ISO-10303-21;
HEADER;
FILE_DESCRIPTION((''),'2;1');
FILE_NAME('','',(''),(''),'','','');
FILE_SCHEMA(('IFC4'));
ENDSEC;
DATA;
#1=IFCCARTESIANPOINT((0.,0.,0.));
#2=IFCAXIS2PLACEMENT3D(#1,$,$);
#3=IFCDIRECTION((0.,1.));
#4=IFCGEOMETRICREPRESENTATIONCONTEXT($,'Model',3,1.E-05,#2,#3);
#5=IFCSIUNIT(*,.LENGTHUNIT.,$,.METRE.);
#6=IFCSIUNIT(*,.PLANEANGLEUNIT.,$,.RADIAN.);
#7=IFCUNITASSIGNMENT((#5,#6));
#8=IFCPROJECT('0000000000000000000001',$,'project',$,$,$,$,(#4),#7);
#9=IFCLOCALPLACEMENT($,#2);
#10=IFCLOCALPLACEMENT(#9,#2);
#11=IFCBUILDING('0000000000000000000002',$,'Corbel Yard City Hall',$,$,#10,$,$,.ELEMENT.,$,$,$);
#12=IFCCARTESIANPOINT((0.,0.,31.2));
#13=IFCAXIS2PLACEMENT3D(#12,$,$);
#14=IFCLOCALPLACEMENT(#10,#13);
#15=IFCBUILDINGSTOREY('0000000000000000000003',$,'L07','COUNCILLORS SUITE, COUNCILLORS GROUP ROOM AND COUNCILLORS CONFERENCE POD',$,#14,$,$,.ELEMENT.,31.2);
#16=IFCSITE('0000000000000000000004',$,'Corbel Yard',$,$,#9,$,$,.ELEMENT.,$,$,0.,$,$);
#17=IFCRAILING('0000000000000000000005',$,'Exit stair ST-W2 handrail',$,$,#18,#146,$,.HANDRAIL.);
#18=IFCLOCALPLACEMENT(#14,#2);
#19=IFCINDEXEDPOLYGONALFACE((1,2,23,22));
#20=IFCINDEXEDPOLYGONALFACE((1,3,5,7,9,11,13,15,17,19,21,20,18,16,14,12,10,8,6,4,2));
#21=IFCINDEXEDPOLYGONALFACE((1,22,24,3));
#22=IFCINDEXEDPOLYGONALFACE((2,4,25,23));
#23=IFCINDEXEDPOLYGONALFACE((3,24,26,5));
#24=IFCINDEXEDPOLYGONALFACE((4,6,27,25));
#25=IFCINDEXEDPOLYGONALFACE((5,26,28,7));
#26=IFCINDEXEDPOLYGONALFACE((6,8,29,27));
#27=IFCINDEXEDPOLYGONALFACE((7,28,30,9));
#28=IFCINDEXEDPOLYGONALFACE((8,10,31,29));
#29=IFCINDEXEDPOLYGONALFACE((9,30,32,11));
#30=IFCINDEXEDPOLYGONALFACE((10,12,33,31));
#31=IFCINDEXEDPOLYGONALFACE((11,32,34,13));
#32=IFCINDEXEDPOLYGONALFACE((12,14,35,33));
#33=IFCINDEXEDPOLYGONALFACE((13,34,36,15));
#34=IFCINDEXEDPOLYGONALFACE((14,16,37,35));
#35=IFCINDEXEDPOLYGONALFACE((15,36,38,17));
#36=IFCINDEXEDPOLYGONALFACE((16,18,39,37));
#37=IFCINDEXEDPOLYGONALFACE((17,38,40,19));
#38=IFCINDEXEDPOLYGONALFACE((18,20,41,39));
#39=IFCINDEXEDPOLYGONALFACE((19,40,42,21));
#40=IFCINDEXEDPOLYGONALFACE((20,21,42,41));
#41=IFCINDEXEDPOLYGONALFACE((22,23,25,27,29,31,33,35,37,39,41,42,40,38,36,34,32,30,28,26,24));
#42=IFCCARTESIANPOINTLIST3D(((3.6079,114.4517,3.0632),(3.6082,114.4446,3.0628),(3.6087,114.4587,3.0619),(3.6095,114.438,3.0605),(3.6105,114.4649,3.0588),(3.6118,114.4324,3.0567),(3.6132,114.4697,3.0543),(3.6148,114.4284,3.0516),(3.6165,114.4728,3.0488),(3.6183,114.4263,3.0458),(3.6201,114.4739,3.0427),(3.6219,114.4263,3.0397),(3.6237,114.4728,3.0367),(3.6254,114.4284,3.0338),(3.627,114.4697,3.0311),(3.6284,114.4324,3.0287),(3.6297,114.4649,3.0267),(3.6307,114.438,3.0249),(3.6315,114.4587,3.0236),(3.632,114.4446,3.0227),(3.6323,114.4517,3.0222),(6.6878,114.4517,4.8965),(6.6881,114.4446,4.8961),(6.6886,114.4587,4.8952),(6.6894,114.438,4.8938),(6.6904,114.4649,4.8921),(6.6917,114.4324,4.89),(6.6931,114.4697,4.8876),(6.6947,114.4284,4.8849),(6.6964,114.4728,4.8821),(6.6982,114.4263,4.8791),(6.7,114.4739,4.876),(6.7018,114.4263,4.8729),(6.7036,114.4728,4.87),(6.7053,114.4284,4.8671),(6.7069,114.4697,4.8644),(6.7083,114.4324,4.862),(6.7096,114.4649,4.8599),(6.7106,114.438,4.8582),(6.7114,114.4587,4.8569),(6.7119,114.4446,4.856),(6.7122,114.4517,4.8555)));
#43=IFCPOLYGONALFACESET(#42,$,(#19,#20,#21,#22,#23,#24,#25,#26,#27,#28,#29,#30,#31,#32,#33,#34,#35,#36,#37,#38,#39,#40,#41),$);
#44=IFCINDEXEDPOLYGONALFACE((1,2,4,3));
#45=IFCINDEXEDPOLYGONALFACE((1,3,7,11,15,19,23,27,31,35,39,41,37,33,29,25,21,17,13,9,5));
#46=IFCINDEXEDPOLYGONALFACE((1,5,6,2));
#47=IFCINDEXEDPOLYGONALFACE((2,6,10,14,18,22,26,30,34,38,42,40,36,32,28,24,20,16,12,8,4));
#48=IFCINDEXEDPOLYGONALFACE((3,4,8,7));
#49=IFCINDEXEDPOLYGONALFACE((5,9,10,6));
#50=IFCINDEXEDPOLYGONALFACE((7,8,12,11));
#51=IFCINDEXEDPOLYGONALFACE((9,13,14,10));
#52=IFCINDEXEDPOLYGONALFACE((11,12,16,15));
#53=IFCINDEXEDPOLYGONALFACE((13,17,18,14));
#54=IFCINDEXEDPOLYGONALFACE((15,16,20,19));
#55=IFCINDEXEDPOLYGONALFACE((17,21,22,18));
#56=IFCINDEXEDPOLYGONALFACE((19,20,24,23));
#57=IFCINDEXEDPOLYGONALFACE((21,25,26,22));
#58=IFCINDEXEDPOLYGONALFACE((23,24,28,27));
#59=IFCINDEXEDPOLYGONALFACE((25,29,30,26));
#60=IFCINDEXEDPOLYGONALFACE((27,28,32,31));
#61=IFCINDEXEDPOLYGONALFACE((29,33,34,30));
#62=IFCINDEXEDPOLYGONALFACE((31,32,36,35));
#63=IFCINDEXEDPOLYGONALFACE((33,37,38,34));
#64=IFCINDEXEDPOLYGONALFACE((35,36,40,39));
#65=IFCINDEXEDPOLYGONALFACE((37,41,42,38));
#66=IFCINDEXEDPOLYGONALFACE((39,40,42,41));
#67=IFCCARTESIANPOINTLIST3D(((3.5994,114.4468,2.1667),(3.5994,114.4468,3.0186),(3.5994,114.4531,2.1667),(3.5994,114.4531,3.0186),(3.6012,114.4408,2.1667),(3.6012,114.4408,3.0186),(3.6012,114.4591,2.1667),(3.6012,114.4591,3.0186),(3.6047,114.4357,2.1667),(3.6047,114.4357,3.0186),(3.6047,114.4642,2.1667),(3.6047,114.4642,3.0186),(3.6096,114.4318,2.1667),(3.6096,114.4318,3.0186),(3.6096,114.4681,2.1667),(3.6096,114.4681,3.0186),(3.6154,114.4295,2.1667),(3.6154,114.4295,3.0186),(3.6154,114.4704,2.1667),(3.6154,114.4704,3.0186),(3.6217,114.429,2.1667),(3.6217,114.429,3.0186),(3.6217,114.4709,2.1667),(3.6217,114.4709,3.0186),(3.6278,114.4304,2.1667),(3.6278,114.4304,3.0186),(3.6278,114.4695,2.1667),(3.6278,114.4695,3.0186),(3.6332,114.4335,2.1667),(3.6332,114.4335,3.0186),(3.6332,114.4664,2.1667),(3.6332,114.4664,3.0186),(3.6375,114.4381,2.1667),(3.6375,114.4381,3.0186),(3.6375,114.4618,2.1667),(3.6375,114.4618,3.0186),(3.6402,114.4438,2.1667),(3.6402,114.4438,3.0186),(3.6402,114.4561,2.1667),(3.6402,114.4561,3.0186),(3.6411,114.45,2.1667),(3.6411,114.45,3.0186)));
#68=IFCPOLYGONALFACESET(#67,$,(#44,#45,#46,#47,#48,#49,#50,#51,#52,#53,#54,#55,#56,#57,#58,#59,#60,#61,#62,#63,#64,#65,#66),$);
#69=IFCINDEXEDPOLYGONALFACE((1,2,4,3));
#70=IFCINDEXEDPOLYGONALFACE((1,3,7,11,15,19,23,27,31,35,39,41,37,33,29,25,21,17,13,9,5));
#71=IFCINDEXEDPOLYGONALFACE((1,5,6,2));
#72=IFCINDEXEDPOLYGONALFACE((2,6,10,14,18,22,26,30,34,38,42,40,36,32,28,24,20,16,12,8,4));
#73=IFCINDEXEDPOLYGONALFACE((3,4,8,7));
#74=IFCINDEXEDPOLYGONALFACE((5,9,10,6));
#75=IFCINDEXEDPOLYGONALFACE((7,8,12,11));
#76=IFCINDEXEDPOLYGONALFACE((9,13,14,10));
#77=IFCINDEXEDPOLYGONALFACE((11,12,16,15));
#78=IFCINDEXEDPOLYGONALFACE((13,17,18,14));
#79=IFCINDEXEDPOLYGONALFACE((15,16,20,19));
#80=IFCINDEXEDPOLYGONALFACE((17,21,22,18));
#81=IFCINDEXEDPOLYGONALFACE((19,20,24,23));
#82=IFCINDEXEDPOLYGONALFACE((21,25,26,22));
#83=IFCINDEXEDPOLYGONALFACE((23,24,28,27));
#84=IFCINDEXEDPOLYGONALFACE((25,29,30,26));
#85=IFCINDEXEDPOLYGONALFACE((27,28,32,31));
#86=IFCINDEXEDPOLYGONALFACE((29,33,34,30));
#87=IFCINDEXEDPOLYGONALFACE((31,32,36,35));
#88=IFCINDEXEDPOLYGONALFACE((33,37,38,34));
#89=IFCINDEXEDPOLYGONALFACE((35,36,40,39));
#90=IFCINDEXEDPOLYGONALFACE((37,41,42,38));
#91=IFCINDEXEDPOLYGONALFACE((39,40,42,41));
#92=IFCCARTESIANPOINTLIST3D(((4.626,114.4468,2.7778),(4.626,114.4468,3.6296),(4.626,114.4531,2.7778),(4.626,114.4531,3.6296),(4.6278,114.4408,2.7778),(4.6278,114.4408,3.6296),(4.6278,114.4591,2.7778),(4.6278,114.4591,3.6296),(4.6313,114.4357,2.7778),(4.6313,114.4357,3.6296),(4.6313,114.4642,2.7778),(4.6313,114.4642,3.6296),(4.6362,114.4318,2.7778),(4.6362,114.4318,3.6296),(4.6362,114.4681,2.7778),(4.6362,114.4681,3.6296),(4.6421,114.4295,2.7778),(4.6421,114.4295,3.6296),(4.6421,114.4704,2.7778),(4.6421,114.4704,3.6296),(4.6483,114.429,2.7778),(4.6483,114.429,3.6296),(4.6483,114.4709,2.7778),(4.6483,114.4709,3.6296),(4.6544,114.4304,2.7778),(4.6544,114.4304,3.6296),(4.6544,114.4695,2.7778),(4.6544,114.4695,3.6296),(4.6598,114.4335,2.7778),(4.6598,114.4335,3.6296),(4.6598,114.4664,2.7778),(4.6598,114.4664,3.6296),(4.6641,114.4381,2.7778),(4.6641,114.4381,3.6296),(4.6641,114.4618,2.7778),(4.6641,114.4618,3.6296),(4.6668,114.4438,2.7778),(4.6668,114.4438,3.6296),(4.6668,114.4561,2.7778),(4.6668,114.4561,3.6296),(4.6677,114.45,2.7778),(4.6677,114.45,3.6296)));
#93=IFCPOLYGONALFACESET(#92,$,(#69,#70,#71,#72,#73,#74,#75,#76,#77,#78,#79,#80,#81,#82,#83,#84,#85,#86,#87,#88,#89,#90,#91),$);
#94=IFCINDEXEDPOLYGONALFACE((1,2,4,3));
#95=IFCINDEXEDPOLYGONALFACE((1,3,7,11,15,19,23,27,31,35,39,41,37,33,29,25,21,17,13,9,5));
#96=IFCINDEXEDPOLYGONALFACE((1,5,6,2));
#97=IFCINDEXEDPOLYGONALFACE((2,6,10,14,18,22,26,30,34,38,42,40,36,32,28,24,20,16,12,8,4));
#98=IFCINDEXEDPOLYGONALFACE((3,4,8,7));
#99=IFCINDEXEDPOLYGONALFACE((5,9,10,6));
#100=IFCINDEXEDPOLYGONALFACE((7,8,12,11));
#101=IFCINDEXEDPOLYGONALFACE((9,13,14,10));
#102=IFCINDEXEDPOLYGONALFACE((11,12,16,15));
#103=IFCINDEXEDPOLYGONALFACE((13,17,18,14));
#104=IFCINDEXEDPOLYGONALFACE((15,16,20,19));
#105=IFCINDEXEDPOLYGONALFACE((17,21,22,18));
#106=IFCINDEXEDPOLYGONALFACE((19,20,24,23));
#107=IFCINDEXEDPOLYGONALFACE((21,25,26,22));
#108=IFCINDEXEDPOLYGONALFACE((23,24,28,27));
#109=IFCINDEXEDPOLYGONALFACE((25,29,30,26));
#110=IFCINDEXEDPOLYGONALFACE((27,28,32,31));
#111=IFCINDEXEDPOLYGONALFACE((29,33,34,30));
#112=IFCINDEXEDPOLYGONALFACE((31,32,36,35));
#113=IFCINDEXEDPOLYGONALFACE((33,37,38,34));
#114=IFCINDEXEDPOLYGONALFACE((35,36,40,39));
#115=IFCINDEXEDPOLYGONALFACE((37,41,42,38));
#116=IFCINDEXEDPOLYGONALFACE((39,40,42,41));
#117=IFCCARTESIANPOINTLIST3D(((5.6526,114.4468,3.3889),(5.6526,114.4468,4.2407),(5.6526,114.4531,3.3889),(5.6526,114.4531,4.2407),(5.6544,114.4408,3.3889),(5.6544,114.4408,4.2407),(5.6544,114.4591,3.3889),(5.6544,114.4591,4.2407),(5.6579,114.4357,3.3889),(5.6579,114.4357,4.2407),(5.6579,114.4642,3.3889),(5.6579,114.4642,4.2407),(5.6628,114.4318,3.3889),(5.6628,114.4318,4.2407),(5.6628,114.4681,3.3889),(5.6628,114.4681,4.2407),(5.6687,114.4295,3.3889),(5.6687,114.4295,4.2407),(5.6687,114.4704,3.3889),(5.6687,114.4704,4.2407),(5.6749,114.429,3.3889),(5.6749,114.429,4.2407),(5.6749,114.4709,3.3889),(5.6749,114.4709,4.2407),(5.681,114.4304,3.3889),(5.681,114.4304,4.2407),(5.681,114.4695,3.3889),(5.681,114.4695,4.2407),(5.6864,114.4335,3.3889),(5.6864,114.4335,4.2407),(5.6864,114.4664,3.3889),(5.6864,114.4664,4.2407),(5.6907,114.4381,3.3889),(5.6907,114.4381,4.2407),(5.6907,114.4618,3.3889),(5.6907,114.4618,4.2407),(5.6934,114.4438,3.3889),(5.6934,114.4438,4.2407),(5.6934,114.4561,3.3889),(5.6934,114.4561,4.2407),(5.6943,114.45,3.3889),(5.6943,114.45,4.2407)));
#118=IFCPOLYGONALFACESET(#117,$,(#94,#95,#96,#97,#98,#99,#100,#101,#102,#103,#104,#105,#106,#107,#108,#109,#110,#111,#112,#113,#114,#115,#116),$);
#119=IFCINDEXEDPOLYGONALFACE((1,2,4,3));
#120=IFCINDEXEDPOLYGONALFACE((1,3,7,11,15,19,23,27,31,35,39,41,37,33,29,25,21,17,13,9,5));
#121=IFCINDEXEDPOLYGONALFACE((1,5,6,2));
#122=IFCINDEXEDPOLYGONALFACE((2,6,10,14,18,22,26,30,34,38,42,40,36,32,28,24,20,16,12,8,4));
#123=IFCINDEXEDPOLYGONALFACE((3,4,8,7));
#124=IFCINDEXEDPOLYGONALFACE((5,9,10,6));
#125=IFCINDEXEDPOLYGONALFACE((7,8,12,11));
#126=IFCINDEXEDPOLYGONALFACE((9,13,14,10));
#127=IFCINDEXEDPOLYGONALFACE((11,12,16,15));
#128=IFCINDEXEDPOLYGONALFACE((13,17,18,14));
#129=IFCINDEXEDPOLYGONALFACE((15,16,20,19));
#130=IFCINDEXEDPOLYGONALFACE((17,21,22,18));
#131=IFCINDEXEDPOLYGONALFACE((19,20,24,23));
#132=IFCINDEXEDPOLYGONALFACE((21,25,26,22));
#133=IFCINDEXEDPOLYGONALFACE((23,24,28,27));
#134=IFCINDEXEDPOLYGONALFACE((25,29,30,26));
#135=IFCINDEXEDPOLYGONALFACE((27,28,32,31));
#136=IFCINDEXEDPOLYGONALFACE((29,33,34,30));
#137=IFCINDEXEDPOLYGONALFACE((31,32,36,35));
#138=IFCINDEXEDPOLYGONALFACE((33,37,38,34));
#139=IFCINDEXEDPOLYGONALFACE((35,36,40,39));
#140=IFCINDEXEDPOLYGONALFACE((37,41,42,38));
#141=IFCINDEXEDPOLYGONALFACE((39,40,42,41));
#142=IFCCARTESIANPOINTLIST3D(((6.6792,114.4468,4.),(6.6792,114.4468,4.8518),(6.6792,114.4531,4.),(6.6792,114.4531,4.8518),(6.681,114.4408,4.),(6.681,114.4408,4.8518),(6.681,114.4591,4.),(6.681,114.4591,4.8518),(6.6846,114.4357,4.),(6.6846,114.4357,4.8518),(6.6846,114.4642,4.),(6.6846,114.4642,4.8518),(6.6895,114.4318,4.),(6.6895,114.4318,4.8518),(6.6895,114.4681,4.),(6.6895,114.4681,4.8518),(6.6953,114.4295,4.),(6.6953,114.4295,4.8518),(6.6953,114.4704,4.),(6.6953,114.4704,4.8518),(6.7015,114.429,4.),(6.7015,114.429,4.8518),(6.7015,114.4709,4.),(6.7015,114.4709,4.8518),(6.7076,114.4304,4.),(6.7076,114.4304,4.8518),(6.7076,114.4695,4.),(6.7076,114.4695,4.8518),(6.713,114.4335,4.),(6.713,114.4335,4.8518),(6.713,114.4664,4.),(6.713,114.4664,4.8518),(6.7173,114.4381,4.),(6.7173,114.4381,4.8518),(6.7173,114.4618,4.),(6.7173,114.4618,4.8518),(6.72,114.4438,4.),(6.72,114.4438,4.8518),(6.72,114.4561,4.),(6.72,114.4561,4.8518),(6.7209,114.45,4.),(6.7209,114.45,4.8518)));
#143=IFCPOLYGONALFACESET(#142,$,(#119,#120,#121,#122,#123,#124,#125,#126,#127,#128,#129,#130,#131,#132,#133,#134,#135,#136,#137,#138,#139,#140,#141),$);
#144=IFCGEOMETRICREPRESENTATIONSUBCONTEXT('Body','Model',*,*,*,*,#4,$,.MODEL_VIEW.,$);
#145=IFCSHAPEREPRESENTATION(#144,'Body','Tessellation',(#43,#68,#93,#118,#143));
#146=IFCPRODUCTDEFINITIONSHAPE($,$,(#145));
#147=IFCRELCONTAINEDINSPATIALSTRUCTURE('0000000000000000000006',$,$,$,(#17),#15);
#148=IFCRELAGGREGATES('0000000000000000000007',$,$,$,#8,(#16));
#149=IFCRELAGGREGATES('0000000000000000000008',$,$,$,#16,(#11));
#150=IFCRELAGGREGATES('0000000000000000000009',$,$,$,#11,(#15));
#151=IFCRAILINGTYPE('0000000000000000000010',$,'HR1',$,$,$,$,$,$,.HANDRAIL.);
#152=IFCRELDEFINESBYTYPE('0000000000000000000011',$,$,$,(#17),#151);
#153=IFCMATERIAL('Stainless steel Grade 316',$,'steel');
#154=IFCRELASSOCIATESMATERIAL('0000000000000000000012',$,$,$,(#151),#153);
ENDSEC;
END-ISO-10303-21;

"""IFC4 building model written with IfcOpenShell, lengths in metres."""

from ifc_helpers import new_model, si_unit, direction, frame, origin, origin_2d, place, context, subcontext, project, spatial, circle, extrude, material, type_object, element, save


model = new_model("IFC4")

# Units and contexts
model_context = context("Model", 3, precision=1e-05, world=origin(), true_north=direction((0.0, 1.0)))
body_context = subcontext(model_context, "Body", "Model", "MODEL_VIEW")
ifc_project = project(units=[si_unit("LENGTHUNIT", "METRE"), si_unit("PLANEANGLEUNIT", "RADIAN")], contexts=[model_context])

# Site, building, storey
site_placement = place(None, origin())
site = spatial("IfcSite", under=ifc_project, at=site_placement, Name="Corbel Yard", CompositionType="ELEMENT", RefElevation=0.0)
building_placement = place(site_placement, origin())
building = spatial("IfcBuilding", under=site, at=building_placement, Name="Corbel Yard City Hall", CompositionType="ELEMENT")
storey_placement = place(building_placement, frame((0.0, 0.0, 31.2)))
storey = spatial("IfcBuildingStorey", under=building, at=storey_placement, Name="L07", Description="COUNCILLORS SUITE, COUNCILLORS GROUP ROOM AND COUNCILLORS CONFERENCE POD", CompositionType="ELEMENT", Elevation=31.2)

# Shared definitions
ifc_material_1 = material(Name="Stainless steel Grade 316", Category="steel")

# Railing
railing_type = type_object("IfcRailingType", Name="HR1", PredefinedType="HANDRAIL", material=ifc_material_1)
for number, where, name in (
    (1, (3.6201, 114.45, 2.1667), "Exit stair ST-W2 handrail"),
):
    element("IfcRailing", number, at=place(storey_placement, frame(where)), inside=storey, type_object=railing_type, Name=name, PredefinedType="HANDRAIL", context=body_context, shape_type="SweptSolid", body=[
        extrude(circle(Radius=0.0239, at=origin_2d()), frame((0.0, 0.0, 0.876), z_axis=(0.859291, 0.0, 0.511487), x_axis=(0.0, 1.0, 0.0)), (0.0, 0.0, 1.0), 3.5842),
        extrude(circle(Radius=0.021, at=origin_2d()), origin(), (0.0, 0.0, 1.0), 0.8518),
        extrude(circle(Radius=0.021, at=origin_2d()), frame((1.0266, 0.0, 0.6111)), (0.0, 0.0, 1.0), 0.8518),
        extrude(circle(Radius=0.021, at=origin_2d()), frame((2.0532, 0.0, 1.2222)), (0.0, 0.0, 1.0), 0.8518),
        extrude(circle(Radius=0.021, at=origin_2d()), frame((3.0798, 0.0, 1.8333)), (0.0, 0.0, 1.0), 0.8518),
    ])

save(model, "model.ifc")
